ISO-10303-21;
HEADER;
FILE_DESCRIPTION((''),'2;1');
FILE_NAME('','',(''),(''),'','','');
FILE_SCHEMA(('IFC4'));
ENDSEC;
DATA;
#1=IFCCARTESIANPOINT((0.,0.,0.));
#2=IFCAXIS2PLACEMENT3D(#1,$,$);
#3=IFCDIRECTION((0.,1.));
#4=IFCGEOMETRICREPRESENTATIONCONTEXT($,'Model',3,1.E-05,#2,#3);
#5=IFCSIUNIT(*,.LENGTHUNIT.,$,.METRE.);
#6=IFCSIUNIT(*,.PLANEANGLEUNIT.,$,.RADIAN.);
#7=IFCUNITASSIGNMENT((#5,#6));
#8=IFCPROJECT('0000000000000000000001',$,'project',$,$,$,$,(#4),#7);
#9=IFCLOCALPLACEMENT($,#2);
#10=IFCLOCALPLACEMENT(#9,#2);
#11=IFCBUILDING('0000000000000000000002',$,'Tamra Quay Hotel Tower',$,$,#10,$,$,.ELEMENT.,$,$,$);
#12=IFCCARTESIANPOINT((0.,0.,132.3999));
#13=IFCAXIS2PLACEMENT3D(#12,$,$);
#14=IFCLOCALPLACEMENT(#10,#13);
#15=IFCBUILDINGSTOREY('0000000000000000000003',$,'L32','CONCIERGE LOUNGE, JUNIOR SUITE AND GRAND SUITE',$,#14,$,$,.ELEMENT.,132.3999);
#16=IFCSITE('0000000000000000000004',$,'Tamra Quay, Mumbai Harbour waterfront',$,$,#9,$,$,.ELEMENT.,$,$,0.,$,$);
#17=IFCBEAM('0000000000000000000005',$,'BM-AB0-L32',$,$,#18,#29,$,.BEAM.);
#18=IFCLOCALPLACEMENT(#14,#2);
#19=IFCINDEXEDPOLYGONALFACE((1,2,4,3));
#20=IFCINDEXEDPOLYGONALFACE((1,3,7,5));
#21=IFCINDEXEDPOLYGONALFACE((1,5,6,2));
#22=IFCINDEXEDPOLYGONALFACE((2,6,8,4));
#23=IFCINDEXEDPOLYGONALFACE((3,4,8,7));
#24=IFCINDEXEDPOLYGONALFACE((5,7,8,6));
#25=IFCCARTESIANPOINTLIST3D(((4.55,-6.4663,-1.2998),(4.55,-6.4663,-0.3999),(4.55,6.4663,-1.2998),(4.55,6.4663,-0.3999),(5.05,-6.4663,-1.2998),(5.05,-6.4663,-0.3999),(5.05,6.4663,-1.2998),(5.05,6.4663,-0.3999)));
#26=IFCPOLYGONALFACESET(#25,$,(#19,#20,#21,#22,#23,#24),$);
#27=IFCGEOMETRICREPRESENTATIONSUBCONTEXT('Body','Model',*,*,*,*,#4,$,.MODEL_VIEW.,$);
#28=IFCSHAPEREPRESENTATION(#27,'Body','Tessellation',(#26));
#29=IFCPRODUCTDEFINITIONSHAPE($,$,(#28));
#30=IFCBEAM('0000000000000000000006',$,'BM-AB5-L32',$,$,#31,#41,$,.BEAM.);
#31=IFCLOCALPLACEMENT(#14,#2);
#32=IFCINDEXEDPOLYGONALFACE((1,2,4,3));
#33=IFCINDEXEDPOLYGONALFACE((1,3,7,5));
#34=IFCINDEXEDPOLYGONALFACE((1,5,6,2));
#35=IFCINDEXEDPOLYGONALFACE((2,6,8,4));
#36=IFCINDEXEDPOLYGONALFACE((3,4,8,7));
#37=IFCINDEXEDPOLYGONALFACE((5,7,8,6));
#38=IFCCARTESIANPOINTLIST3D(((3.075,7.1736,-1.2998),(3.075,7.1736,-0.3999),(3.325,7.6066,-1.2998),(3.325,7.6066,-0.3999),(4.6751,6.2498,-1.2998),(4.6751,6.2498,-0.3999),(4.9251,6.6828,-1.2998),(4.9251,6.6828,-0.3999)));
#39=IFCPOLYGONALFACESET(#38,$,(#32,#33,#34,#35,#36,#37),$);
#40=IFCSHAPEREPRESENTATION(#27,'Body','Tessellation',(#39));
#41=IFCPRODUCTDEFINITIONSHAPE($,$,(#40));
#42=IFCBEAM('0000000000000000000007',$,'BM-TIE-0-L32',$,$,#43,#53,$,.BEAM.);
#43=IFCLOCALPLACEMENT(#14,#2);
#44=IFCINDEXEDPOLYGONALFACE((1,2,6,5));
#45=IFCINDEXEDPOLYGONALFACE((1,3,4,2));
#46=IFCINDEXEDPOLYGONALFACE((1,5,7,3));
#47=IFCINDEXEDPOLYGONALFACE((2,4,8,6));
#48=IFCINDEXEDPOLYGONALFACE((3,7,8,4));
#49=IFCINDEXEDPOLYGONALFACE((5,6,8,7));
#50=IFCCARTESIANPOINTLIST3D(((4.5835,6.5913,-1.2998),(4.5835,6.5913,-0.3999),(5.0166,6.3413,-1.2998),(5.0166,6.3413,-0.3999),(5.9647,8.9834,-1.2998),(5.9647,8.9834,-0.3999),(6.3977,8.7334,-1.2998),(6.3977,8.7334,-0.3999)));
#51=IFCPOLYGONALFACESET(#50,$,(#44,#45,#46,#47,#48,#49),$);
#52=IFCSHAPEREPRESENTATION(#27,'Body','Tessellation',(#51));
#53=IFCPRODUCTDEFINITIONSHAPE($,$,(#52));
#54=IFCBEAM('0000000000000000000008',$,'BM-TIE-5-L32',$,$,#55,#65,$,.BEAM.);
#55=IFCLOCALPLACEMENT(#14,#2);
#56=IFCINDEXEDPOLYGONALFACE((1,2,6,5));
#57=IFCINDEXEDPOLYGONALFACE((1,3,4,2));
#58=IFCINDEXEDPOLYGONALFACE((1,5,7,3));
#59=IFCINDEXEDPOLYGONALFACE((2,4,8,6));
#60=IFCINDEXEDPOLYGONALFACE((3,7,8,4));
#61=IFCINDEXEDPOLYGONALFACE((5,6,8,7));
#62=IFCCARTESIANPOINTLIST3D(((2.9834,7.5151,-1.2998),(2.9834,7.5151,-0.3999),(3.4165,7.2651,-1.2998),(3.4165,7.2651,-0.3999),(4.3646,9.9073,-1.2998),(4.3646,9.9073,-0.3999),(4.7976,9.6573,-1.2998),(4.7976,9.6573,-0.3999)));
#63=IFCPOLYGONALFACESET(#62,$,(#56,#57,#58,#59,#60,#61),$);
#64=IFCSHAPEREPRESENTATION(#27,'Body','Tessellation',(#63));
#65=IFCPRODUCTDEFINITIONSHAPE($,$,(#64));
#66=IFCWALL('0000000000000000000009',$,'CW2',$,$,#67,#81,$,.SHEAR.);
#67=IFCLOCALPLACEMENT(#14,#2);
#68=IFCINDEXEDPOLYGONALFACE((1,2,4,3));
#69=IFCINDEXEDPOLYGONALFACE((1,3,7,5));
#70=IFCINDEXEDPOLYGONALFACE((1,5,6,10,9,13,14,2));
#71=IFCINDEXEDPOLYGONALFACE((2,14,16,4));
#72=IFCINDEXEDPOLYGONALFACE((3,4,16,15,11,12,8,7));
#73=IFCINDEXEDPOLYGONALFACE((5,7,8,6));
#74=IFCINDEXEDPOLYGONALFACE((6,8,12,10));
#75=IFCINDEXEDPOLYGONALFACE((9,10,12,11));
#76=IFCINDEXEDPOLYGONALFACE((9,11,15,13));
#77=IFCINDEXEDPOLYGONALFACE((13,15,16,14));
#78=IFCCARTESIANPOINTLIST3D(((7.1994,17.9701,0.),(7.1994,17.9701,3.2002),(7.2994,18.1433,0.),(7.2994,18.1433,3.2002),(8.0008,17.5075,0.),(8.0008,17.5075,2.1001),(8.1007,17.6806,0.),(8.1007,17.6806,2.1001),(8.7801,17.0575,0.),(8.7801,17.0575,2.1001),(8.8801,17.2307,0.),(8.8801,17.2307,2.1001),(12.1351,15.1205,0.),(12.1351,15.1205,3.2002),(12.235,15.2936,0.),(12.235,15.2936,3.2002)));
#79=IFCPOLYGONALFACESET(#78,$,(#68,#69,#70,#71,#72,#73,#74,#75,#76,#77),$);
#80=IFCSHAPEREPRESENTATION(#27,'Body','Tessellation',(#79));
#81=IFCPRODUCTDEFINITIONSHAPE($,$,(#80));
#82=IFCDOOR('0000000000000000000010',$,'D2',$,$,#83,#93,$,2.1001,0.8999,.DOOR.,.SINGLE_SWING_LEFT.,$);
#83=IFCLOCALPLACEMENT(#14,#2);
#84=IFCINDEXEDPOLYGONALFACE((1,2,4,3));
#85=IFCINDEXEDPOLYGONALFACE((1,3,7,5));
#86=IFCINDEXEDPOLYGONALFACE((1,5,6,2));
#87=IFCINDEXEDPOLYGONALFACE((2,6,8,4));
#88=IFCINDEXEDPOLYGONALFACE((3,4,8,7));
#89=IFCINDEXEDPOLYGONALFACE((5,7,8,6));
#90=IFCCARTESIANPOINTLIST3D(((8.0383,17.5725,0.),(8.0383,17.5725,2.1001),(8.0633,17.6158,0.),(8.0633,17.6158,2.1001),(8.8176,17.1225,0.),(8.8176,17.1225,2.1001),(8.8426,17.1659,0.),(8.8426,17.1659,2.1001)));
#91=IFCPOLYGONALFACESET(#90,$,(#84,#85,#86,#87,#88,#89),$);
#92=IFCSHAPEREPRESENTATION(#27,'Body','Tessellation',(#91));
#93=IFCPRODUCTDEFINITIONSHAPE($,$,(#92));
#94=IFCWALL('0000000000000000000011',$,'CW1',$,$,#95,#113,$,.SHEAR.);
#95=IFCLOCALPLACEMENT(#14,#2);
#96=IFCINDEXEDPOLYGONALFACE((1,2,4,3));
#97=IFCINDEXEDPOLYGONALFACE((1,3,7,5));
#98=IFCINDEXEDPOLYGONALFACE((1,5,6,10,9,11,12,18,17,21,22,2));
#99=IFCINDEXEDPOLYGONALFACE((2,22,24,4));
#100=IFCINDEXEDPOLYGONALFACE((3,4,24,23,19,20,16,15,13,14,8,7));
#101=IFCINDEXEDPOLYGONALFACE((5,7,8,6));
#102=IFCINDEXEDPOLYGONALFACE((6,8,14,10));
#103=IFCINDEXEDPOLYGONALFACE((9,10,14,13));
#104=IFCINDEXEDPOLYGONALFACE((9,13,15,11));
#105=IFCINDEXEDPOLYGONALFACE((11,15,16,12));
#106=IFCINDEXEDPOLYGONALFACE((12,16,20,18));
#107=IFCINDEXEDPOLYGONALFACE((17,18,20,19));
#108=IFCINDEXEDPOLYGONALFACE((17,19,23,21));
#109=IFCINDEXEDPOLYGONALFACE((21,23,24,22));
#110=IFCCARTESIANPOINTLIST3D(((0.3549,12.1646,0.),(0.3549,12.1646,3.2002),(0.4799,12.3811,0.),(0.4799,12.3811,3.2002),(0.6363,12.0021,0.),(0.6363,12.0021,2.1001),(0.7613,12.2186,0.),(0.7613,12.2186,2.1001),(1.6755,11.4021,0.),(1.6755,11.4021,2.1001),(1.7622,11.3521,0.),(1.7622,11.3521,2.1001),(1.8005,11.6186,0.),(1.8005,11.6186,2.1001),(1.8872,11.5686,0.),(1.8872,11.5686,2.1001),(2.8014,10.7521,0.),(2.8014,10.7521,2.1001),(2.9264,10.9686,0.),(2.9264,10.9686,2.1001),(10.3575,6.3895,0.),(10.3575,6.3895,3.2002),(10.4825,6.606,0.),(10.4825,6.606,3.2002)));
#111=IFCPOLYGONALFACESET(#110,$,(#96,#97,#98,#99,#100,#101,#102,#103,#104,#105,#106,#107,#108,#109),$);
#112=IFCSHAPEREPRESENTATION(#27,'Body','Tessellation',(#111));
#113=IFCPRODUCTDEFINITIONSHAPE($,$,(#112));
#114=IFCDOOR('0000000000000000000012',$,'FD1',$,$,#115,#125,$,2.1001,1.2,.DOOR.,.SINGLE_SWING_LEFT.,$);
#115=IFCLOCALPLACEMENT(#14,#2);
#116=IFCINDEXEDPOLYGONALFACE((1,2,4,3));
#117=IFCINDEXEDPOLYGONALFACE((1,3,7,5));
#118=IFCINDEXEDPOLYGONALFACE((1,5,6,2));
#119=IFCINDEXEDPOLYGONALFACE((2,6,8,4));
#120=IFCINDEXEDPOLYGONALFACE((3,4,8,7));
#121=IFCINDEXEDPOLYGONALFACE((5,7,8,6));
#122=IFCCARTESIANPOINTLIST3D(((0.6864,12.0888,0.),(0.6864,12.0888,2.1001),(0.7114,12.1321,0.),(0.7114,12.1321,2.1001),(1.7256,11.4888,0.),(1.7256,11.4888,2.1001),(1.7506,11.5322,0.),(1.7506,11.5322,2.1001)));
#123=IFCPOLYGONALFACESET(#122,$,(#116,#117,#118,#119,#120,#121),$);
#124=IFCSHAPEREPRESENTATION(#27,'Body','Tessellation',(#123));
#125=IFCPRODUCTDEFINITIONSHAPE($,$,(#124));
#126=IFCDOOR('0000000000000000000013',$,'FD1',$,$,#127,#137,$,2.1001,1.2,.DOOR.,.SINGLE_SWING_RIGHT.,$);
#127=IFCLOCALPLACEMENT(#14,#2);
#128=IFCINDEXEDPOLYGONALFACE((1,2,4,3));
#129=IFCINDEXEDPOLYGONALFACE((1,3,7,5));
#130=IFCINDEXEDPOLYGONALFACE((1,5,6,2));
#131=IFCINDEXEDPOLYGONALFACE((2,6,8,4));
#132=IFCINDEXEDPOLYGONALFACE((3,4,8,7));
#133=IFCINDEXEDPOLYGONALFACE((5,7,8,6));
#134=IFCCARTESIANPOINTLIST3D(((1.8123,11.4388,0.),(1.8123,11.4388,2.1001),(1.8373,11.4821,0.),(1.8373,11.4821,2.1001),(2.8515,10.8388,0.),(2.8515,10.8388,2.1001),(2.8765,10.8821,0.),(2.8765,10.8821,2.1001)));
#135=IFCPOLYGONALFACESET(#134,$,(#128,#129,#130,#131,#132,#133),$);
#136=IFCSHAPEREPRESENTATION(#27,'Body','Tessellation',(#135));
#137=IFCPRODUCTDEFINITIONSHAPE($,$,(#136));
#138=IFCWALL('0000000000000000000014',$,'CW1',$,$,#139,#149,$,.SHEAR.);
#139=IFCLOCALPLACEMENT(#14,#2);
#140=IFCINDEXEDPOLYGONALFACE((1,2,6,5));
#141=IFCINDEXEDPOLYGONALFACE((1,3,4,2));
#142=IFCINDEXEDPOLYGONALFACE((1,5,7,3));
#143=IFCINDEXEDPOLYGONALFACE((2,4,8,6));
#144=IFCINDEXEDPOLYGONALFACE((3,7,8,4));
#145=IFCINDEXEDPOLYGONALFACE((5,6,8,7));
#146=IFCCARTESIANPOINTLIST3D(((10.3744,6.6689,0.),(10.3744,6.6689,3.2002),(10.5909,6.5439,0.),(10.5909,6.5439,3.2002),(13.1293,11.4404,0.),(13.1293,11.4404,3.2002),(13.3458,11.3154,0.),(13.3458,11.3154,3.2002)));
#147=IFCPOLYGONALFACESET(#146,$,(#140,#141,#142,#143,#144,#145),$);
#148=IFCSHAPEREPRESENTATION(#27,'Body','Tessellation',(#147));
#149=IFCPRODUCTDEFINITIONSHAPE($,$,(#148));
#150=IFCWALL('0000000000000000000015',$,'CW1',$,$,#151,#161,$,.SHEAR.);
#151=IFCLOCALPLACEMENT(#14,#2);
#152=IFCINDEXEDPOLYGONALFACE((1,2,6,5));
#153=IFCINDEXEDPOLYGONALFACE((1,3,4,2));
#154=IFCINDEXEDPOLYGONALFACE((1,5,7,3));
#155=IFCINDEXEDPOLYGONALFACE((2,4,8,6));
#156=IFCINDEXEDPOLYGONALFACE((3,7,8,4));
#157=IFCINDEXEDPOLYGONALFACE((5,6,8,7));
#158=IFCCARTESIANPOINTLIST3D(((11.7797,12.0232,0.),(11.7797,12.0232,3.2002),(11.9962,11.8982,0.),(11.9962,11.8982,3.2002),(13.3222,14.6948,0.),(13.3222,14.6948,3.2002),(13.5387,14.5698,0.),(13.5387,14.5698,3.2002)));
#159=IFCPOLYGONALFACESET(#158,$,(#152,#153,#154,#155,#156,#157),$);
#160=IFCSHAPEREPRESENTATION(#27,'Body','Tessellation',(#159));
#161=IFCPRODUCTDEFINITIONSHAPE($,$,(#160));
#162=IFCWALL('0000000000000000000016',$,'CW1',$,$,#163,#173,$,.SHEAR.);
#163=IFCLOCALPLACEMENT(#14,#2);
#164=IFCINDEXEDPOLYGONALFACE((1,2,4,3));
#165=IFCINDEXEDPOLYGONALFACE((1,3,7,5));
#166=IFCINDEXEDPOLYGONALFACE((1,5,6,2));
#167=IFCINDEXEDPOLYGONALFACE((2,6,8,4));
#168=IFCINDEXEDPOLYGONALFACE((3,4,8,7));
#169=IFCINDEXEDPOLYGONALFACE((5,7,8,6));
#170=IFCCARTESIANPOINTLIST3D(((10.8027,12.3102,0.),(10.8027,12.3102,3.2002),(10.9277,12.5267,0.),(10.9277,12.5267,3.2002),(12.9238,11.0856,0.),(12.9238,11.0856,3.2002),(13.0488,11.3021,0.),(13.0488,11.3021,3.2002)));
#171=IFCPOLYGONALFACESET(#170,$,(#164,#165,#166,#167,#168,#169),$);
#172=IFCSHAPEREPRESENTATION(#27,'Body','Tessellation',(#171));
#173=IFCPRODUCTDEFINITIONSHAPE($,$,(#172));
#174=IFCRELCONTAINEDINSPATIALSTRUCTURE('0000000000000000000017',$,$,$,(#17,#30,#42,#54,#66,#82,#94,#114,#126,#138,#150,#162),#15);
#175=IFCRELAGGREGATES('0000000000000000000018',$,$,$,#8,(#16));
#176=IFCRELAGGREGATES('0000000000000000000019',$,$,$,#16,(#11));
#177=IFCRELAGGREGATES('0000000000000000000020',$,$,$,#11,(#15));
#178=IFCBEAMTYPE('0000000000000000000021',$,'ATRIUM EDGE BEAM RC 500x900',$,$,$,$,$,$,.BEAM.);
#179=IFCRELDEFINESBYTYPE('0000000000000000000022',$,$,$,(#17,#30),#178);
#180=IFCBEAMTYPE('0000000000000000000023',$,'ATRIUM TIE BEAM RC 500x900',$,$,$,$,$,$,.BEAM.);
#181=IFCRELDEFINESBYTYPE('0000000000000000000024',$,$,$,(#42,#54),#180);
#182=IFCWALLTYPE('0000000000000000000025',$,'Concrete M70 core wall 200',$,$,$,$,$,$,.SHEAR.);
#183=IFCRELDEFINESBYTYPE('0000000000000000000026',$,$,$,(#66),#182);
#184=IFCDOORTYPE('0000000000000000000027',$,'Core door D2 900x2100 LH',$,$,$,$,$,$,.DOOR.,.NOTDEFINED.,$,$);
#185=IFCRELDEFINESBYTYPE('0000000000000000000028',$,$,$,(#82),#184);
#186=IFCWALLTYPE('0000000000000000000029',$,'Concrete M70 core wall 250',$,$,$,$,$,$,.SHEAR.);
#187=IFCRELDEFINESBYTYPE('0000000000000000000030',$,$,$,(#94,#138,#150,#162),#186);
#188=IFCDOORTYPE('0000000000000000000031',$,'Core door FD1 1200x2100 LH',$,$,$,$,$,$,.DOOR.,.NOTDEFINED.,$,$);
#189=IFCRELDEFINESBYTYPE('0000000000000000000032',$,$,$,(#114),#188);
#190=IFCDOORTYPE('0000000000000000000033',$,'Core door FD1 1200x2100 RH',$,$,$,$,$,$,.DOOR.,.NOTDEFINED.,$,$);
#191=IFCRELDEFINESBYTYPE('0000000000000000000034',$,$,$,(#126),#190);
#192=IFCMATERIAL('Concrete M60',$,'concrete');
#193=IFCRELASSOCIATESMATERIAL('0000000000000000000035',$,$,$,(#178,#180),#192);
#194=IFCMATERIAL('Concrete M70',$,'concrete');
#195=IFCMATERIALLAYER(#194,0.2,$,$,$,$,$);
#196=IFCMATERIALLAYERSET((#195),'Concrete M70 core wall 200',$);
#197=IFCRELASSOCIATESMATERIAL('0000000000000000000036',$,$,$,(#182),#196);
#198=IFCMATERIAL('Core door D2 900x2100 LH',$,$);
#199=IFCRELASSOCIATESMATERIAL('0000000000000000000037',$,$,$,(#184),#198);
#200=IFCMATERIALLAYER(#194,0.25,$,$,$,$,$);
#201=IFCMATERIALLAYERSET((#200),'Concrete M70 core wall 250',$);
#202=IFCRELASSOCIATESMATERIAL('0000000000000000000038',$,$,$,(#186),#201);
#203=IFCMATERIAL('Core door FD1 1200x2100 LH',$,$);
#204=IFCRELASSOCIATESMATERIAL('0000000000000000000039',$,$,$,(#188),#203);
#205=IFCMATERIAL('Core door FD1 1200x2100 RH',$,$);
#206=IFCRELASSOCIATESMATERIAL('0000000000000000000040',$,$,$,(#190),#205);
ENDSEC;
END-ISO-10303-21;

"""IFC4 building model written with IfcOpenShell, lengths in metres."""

from ifc_helpers import new_model, si_unit, direction, frame, frame_2d, origin, origin_2d, place, context, subcontext, project, spatial, rectangle, extrude, material, layer, layer_set, material_profile, profile_set, type_object, element, fill, save


model = new_model("IFC4")

# Units and contexts
model_context = context("Model", 3, precision=1e-05, world=origin(), true_north=direction((0.0, 1.0)))
body_context = subcontext(model_context, "Body", "Model", "MODEL_VIEW")
ifc_project = project(units=[si_unit("LENGTHUNIT", "METRE"), si_unit("PLANEANGLEUNIT", "RADIAN")], contexts=[model_context])

# Site, building, storey
site_placement = place(None, origin())
site = spatial("IfcSite", under=ifc_project, at=site_placement, Name="Tamra Quay, Mumbai Harbour waterfront", CompositionType="ELEMENT", RefElevation=0.0)
building_placement = place(site_placement, origin())
building = spatial("IfcBuilding", under=site, at=building_placement, Name="Tamra Quay Hotel Tower", CompositionType="ELEMENT")
storey_placement = place(building_placement, frame((0.0, 0.0, 132.3999)))
storey = spatial("IfcBuildingStorey", under=building, at=storey_placement, Name="L32", Description="CONCIERGE LOUNGE, JUNIOR SUITE AND GRAND SUITE", CompositionType="ELEMENT", Elevation=132.3999)

# Beams
ifc_material_1 = material(Name="Concrete M60", Category="concrete")
ifc_material_profile_1 = material_profile(ifc_material_1, rectangle(XDim=0.5, YDim=0.8999, at=origin_2d()), Name="ATRIUM EDGE BEAM RC 500x900")
ifc_profile_set_1 = profile_set([ifc_material_profile_1], Name="Concrete M60")
beam_type_1 = type_object("IfcBeamType", Name="ATRIUM EDGE BEAM RC 500x900", PredefinedType="BEAM", material=ifc_profile_set_1)
beam_1_placement = place(storey_placement, frame((4.8, 6.4663, -0.8499), z_axis=(0.0, -1.0, 0.0), x_axis=(1.0, 0.0, 0.0)))
element("IfcBeam", 1, at=beam_1_placement, inside=storey, type_object=beam_type_1, Name="BM-AB0-L32", PredefinedType="BEAM", context=body_context, shape_type="SweptSolid", body=[
    extrude(rectangle(XDim=0.5, YDim=0.8999, at=origin_2d()), origin(), (0.0, 0.0, 1.0), 12.9326),
])
beam_2_placement = place(storey_placement, frame((3.2, 7.3901, -0.8499), z_axis=(0.866023, -0.500005, 0.0), x_axis=(0.500005, 0.866023, 0.0)))
element("IfcBeam", 2, at=beam_2_placement, inside=storey, type_object=beam_type_1, Name="BM-AB5-L32", PredefinedType="BEAM", context=body_context, shape_type="SweptSolid", body=[
    extrude(rectangle(XDim=0.5, YDim=0.8999, at=origin_2d()), origin(), (0.0, 0.0, 1.0), 1.8477),
])
ifc_material_profile_2 = material_profile(ifc_material_1, rectangle(XDim=0.5, YDim=0.8999, at=origin_2d()), Name="ATRIUM TIE BEAM RC 500x900")
ifc_profile_set_2 = profile_set([ifc_material_profile_2], Name="Concrete M60")
beam_type_2 = type_object("IfcBeamType", Name="ATRIUM TIE BEAM RC 500x900", PredefinedType="BEAM", material=ifc_profile_set_2)
for number, where, z_axis, x_axis, name in (
    (3, (4.8, 6.4663, -0.8499), (0.500008, 0.866021, 0.0), (-0.866021, 0.500008, 0.0), "BM-TIE-0-L32"),
    (4, (3.2, 7.3901, -0.8499), (0.500008, 0.866021, 0.0), (-0.866021, 0.500008, 0.0), "BM-TIE-5-L32"),
):
    element("IfcBeam", number, at=place(storey_placement, frame(where, z_axis=z_axis, x_axis=x_axis)), inside=storey, type_object=beam_type_2, Name=name, PredefinedType="BEAM", context=body_context, shape_type="SweptSolid", body=[
        extrude(rectangle(XDim=0.5, YDim=0.8999, at=origin_2d()), origin(), (0.0, 0.0, 1.0), 2.7622),
    ])

# Wall, opening, door
ifc_material_2 = material(Name="Concrete M70", Category="concrete")
ifc_layer_1 = layer(ifc_material_2, 0.2)
ifc_layer_set_1 = layer_set([ifc_layer_1], Name="Concrete M70 core wall 200")
wall_type_1 = type_object("IfcWallType", Name="Concrete M70 core wall 200", PredefinedType="SHEAR", material=ifc_layer_set_1)
wall_1_placement = place(storey_placement, frame((12.1851, 15.207, 0.0), z_axis=(0.0, 0.0, 1.0), x_axis=(-0.86602, 0.500009, 0.0)))
wall_1 = element("IfcWall", 5, at=wall_1_placement, inside=storey, type_object=wall_type_1, Name="CW2", PredefinedType="SHEAR", context=body_context, shape_type="SweptSolid", body=[
    extrude(rectangle(XDim=5.6992, YDim=0.2, at=frame_2d((2.8496, 0.0))), origin(), (0.0, 0.0, 1.0), 3.2002),
])
opening_1_placement = place(wall_1_placement, frame((3.874, 0.0, 0.0)))
opening_1 = element("IfcOpeningElement", 6, at=opening_1_placement, cuts=wall_1, PredefinedType="OPENING", context=body_context, shape_type="SweptSolid", body=[
    extrude(rectangle(XDim=0.8999, YDim=2.1001, at=frame_2d((0.45, 1.05))), frame((0.0, 0.1099, 0.0), z_axis=(0.0, -1.0, 0.0), x_axis=(1.0, 0.0, 0.0)), (0.0, 0.0, 1.0), 0.22),
])
ifc_material_3 = material(Name="Core door D2 900x2100 LH")
door_type_1 = type_object("IfcDoorType", Name="Core door D2 900x2100 LH", OperationType="NOTDEFINED", PredefinedType="DOOR", material=ifc_material_3)
door_1_placement = place(opening_1_placement, origin())
door_1 = element("IfcDoor", 7, at=door_1_placement, inside=storey, type_object=door_type_1, Name="D2", OperationType="SINGLE_SWING_LEFT", OverallHeight=2.1001, OverallWidth=0.8999, PredefinedType="DOOR", context=body_context, shape_type="SweptSolid", body=[
    extrude(rectangle(XDim=0.8999, YDim=2.1001, at=frame_2d((0.45, 1.05))), frame((0.0, 0.0249, 0.0), z_axis=(0.0, -1.0, 0.0), x_axis=(1.0, 0.0, 0.0)), (0.0, 0.0, 1.0), 0.05),
])
fill(opening_1, door_1)

# Wall, openings, doors
ifc_layer_2 = layer(ifc_material_2, 0.25)
ifc_layer_set_2 = layer_set([ifc_layer_2], Name="Concrete M70 core wall 250")
wall_type_2 = type_object("IfcWallType", Name="Concrete M70 core wall 250", PredefinedType="SHEAR", material=ifc_layer_set_2)
wall_2_placement = place(storey_placement, frame((10.4199, 6.4978, 0.0), z_axis=(0.0, 0.0, 1.0), x_axis=(-0.866022, 0.500006, 0.0)))
wall_2 = element("IfcWall", 8, at=wall_2_placement, inside=storey, type_object=wall_type_2, Name="CW1", PredefinedType="SHEAR", context=body_context, shape_type="SweptSolid", body=[
    extrude(rectangle(XDim=11.55, YDim=0.25, at=frame_2d((5.7749, 0.0))), origin(), (0.0, 0.0, 1.0), 3.2002),
])
opening_2_placement = place(wall_2_placement, frame((10.0249, 0.0, 0.0)))
opening_2 = element("IfcOpeningElement", 9, at=opening_2_placement, cuts=wall_2, PredefinedType="OPENING", context=body_context, shape_type="SweptSolid", body=[
    extrude(rectangle(XDim=1.2, YDim=2.1001, at=frame_2d((0.6001, 1.05))), frame((0.0, 0.135, 0.0), z_axis=(0.0, -1.0, 0.0), x_axis=(1.0, 0.0, 0.0)), (0.0, 0.0, 1.0), 0.27),
])
opening_3_placement = place(wall_2_placement, frame((8.7249, 0.0, 0.0)))
opening_3 = element("IfcOpeningElement", 10, at=opening_3_placement, cuts=wall_2, PredefinedType="OPENING", context=body_context, shape_type="SweptSolid", body=[
    extrude(rectangle(XDim=1.2, YDim=2.1001, at=frame_2d((0.6001, 1.05))), frame((0.0, 0.135, 0.0), z_axis=(0.0, -1.0, 0.0), x_axis=(1.0, 0.0, 0.0)), (0.0, 0.0, 1.0), 0.27),
])
ifc_material_4 = material(Name="Core door FD1 1200x2100 LH")
door_type_2 = type_object("IfcDoorType", Name="Core door FD1 1200x2100 LH", OperationType="NOTDEFINED", PredefinedType="DOOR", material=ifc_material_4)
door_2_placement = place(opening_2_placement, origin())
door_2 = element("IfcDoor", 11, at=door_2_placement, inside=storey, type_object=door_type_2, Name="FD1", OperationType="SINGLE_SWING_LEFT", OverallHeight=2.1001, OverallWidth=1.2, PredefinedType="DOOR", context=body_context, shape_type="SweptSolid", body=[
    extrude(rectangle(XDim=1.2, YDim=2.1001, at=frame_2d((0.6001, 1.05))), frame((0.0, 0.0249, 0.0), z_axis=(0.0, -1.0, 0.0), x_axis=(1.0, 0.0, 0.0)), (0.0, 0.0, 1.0), 0.05),
])
fill(opening_2, door_2)
ifc_material_5 = material(Name="Core door FD1 1200x2100 RH")
door_type_3 = type_object("IfcDoorType", Name="Core door FD1 1200x2100 RH", OperationType="NOTDEFINED", PredefinedType="DOOR", material=ifc_material_5)
door_3_placement = place(opening_3_placement, origin())
door_3 = element("IfcDoor", 12, at=door_3_placement, inside=storey, type_object=door_type_3, Name="FD1", OperationType="SINGLE_SWING_RIGHT", OverallHeight=2.1001, OverallWidth=1.2, PredefinedType="DOOR", context=body_context, shape_type="SweptSolid", body=[
    extrude(rectangle(XDim=1.2, YDim=2.1001, at=frame_2d((0.6001, 1.05))), frame((0.0, 0.0249, 0.0), z_axis=(0.0, -1.0, 0.0), x_axis=(1.0, 0.0, 0.0)), (0.0, 0.0, 1.0), 0.05),
])
fill(opening_3, door_3)

# Walls
wall_3_placement = place(storey_placement, frame((13.2375, 11.3779, 0.0), z_axis=(0.0, 0.0, 1.0), x_axis=(-0.500009, -0.86602, 0.0)))
element("IfcWall", 13, at=wall_3_placement, inside=storey, type_object=wall_type_2, Name="CW1", PredefinedType="SHEAR", context=body_context, shape_type="SweptSolid", body=[
    extrude(rectangle(XDim=5.5098, YDim=0.25, at=frame_2d((2.7549, 0.0))), origin(), (0.0, 0.0, 1.0), 3.2002),
])
wall_4_placement = place(storey_placement, frame((11.8879, 11.9607, 0.0), z_axis=(0.0, 0.0, 1.0), x_axis=(0.500003, 0.866023, 0.0)))
element("IfcWall", 14, at=wall_4_placement, inside=storey, type_object=wall_type_2, Name="CW1", PredefinedType="SHEAR", context=body_context, shape_type="SweptSolid", body=[
    extrude(rectangle(XDim=3.085, YDim=0.25, at=frame_2d((1.5425, 0.0))), origin(), (0.0, 0.0, 1.0), 3.2002),
])
wall_5_placement = place(storey_placement, frame((10.8652, 12.4185, 0.0), z_axis=(0.0, 0.0, 1.0), x_axis=(0.866026, -0.499999, 0.0)))
element("IfcWall", 15, at=wall_5_placement, inside=storey, type_object=wall_type_2, Name="CW1", PredefinedType="SHEAR", context=body_context, shape_type="SweptSolid", body=[
    extrude(rectangle(XDim=2.4492, YDim=0.25, at=frame_2d((1.2246, 0.0))), origin(), (0.0, 0.0, 1.0), 3.2002),
])

save(model, "model.ifc")
